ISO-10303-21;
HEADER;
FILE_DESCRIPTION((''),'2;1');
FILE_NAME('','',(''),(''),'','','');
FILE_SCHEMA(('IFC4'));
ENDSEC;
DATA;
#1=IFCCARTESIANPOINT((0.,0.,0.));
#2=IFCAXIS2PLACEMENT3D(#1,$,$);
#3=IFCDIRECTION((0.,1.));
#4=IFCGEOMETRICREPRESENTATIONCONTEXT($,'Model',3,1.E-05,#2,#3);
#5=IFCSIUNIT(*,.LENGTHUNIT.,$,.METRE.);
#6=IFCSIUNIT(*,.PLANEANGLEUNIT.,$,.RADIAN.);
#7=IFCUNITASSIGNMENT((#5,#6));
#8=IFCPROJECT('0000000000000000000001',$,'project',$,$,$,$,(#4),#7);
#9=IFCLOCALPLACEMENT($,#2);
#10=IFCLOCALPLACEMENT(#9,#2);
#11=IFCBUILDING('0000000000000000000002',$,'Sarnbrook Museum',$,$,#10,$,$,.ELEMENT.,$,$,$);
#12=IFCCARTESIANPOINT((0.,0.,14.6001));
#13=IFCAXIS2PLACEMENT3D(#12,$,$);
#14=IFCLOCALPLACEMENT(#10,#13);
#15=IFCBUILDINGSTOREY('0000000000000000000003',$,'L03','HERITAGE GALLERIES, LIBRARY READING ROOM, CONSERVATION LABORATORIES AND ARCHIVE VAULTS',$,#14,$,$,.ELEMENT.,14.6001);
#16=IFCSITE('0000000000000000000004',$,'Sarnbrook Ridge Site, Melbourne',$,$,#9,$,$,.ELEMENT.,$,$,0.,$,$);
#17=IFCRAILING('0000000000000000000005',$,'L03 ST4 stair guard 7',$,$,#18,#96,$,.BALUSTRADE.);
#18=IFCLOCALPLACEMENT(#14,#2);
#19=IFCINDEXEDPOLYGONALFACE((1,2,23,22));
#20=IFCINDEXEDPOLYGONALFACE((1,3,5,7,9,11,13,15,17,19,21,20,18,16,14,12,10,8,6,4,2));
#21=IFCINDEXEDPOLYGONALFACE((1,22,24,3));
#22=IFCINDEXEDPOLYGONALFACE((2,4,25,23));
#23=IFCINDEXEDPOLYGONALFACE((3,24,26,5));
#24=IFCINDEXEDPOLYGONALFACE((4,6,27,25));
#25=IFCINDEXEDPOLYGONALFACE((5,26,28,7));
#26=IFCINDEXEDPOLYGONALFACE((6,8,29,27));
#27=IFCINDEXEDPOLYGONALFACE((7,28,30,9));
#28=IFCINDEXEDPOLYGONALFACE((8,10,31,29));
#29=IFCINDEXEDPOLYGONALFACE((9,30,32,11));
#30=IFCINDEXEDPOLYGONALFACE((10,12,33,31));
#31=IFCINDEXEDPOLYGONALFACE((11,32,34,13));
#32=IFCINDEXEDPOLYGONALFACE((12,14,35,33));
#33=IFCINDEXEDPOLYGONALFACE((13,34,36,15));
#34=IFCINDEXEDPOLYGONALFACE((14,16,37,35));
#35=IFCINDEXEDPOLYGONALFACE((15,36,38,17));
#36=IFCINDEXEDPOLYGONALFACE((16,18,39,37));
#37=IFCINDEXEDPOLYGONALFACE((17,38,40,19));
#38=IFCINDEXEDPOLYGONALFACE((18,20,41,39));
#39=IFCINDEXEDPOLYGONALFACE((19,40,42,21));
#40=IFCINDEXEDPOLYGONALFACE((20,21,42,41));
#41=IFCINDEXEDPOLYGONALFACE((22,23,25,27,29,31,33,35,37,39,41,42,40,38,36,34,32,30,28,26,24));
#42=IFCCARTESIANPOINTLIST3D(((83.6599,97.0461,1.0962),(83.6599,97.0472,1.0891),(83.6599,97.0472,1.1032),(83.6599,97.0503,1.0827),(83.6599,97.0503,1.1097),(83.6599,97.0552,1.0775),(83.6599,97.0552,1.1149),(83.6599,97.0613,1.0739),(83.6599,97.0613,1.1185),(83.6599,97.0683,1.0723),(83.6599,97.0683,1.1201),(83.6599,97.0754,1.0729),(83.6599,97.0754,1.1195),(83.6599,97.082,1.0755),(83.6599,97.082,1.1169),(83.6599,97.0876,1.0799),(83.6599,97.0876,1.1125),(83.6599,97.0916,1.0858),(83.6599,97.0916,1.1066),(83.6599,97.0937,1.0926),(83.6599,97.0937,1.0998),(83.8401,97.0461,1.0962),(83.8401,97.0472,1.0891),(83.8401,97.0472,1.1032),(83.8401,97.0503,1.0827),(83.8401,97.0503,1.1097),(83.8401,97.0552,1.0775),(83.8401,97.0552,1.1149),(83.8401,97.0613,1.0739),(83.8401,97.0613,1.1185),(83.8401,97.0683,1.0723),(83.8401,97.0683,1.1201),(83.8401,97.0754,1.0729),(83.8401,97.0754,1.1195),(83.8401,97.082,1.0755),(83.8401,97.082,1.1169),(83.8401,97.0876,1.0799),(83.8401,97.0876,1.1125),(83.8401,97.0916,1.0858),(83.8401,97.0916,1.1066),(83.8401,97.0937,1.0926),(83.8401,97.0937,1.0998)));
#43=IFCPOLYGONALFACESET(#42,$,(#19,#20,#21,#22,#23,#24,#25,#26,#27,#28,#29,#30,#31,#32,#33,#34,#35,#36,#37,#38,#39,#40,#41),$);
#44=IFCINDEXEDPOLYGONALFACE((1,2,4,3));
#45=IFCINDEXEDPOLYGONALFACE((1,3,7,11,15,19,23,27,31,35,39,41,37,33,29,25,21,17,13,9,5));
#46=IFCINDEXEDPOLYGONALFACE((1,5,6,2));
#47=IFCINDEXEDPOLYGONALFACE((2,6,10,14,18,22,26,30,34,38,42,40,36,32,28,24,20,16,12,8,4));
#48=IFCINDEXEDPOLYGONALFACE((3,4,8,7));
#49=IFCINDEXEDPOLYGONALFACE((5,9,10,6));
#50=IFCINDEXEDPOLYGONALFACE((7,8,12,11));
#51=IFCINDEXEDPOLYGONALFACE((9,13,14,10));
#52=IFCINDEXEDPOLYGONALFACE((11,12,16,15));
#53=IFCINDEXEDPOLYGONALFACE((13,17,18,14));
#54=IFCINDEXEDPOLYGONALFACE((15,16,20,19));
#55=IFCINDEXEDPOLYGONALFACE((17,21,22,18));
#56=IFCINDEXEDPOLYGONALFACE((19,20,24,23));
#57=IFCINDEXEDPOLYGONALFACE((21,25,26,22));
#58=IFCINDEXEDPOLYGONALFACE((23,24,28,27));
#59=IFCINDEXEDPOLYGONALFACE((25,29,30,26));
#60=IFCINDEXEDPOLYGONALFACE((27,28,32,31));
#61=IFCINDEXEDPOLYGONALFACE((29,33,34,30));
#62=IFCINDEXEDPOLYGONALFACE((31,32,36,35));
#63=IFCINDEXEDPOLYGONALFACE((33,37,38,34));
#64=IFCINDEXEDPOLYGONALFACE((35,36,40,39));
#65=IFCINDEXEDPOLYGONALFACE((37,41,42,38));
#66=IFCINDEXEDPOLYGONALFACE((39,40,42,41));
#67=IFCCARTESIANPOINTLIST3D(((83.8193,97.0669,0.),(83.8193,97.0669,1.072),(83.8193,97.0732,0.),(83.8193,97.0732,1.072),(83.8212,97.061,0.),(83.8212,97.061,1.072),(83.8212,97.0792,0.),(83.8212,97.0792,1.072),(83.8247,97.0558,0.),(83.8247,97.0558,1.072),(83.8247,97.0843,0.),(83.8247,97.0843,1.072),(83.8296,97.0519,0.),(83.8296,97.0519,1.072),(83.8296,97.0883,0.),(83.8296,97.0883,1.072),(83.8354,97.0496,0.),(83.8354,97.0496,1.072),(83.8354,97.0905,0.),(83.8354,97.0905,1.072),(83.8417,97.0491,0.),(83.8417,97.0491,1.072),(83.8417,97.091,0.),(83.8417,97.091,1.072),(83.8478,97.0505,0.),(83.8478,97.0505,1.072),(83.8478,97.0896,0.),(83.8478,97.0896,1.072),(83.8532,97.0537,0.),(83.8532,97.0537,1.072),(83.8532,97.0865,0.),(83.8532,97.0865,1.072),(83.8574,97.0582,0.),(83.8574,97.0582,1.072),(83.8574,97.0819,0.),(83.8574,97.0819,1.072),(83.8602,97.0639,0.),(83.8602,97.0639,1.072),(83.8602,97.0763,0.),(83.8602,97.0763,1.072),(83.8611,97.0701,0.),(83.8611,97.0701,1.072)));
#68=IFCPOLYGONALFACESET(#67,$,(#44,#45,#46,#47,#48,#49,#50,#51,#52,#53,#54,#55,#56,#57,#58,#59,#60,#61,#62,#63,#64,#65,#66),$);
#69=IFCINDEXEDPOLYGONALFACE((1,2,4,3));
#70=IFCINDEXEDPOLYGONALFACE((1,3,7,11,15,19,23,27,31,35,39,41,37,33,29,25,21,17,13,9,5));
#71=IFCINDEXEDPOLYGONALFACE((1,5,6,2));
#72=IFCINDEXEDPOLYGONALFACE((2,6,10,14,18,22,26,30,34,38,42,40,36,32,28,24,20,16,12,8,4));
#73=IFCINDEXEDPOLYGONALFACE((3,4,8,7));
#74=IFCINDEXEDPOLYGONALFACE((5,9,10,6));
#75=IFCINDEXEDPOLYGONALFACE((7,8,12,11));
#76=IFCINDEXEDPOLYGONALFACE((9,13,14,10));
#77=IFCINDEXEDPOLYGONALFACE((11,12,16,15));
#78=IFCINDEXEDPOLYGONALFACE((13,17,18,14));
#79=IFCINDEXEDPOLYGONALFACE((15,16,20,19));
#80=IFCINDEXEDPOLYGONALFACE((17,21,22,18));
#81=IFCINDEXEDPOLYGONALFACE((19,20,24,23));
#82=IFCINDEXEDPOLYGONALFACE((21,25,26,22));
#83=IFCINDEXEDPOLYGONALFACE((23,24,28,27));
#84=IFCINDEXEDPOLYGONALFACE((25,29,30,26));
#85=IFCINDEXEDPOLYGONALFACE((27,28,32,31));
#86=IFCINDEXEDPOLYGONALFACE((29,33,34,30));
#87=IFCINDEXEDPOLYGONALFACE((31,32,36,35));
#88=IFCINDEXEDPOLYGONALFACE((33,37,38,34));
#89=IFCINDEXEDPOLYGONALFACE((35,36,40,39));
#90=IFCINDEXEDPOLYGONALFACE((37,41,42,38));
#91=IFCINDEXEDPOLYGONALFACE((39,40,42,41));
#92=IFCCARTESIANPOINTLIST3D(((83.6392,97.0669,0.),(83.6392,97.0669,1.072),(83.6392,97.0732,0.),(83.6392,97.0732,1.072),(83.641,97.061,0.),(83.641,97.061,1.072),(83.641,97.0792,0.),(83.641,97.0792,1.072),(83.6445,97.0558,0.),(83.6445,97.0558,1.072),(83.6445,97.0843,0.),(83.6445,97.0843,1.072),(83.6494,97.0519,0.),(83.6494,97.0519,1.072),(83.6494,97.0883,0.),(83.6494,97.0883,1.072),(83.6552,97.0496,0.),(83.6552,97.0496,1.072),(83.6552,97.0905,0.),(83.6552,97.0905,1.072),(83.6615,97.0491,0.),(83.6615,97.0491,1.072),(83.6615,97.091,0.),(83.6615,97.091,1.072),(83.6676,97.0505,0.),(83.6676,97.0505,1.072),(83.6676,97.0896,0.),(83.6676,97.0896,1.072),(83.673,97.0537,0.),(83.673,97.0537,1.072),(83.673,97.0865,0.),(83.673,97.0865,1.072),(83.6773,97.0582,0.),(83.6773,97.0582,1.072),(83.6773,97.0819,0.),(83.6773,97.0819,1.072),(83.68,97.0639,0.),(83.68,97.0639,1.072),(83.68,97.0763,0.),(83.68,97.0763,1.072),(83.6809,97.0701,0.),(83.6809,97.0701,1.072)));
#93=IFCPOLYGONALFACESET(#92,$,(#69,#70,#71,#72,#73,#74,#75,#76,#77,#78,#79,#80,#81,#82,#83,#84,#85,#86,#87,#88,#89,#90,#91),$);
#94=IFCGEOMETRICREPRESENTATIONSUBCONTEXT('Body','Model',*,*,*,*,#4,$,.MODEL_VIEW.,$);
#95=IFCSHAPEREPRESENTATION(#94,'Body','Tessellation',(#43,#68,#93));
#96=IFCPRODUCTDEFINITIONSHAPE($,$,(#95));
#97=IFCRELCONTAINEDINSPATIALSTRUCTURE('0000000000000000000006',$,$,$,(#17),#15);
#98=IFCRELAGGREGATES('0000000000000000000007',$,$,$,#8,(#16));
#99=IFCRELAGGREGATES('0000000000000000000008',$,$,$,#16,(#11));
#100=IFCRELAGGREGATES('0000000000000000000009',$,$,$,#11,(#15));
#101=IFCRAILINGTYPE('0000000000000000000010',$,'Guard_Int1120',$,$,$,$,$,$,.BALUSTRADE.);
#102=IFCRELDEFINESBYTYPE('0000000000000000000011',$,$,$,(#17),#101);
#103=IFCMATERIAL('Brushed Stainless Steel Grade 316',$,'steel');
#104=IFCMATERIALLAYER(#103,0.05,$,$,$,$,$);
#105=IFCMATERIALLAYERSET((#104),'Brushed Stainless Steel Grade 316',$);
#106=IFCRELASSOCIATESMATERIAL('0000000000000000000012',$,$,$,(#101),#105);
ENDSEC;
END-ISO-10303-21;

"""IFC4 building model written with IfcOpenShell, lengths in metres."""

from ifc_helpers import new_model, si_unit, direction, frame, origin, origin_2d, place, context, subcontext, project, spatial, circle, extrude, material, layer, layer_set, type_object, element, save


model = new_model("IFC4")

# Units and contexts
model_context = context("Model", 3, precision=1e-05, world=origin(), true_north=direction((0.0, 1.0)))
body_context = subcontext(model_context, "Body", "Model", "MODEL_VIEW")
ifc_project = project(units=[si_unit("LENGTHUNIT", "METRE"), si_unit("PLANEANGLEUNIT", "RADIAN")], contexts=[model_context])

# Site, building, storey
site_placement = place(None, origin())
site = spatial("IfcSite", under=ifc_project, at=site_placement, Name="Sarnbrook Ridge Site, Melbourne", CompositionType="ELEMENT", RefElevation=0.0)
building_placement = place(site_placement, origin())
building = spatial("IfcBuilding", under=site, at=building_placement, Name="Sarnbrook Museum", CompositionType="ELEMENT")
storey_placement = place(building_placement, frame((0.0, 0.0, 14.6001)))
storey = spatial("IfcBuildingStorey", under=building, at=storey_placement, Name="L03", Description="HERITAGE GALLERIES, LIBRARY READING ROOM, CONSERVATION LABORATORIES AND ARCHIVE VAULTS", CompositionType="ELEMENT", Elevation=14.6001)

# Shared definitions
ifc_material_1 = material(Name="Brushed Stainless Steel Grade 316", Category="steel")

# Railing
ifc_layer_1 = layer(ifc_material_1, 0.05)
ifc_layer_set_1 = layer_set([ifc_layer_1], Name="Brushed Stainless Steel Grade 316")
railing_type_1 = type_object("IfcRailingType", Name="Guard_Int1120", PredefinedType="BALUSTRADE", material=ifc_layer_set_1)
railing_1_placement = place(storey_placement, frame((83.8401, 97.0701, 0.0)))
element("IfcRailing", 1, at=railing_1_placement, inside=storey, type_object=railing_type_1, Name="L03 ST4 stair guard 7", PredefinedType="BALUSTRADE", context=body_context, shape_type="SweptSolid", body=[
    extrude(circle(Radius=0.0239, at=origin_2d()), frame((0.0, 0.0, 1.0962), z_axis=(-1.0, 0.0, 0.0), x_axis=(0.0, -1.0, 0.0)), (0.0, 0.0, 1.0), 0.1802),
    extrude(circle(Radius=0.021, at=origin_2d()), origin(), (0.0, 0.0, 1.0), 1.072),
    extrude(circle(Radius=0.021, at=origin_2d()), frame((-0.1802, 0.0, 0.0)), (0.0, 0.0, 1.0), 1.072),
])

save(model, "model.ifc")
